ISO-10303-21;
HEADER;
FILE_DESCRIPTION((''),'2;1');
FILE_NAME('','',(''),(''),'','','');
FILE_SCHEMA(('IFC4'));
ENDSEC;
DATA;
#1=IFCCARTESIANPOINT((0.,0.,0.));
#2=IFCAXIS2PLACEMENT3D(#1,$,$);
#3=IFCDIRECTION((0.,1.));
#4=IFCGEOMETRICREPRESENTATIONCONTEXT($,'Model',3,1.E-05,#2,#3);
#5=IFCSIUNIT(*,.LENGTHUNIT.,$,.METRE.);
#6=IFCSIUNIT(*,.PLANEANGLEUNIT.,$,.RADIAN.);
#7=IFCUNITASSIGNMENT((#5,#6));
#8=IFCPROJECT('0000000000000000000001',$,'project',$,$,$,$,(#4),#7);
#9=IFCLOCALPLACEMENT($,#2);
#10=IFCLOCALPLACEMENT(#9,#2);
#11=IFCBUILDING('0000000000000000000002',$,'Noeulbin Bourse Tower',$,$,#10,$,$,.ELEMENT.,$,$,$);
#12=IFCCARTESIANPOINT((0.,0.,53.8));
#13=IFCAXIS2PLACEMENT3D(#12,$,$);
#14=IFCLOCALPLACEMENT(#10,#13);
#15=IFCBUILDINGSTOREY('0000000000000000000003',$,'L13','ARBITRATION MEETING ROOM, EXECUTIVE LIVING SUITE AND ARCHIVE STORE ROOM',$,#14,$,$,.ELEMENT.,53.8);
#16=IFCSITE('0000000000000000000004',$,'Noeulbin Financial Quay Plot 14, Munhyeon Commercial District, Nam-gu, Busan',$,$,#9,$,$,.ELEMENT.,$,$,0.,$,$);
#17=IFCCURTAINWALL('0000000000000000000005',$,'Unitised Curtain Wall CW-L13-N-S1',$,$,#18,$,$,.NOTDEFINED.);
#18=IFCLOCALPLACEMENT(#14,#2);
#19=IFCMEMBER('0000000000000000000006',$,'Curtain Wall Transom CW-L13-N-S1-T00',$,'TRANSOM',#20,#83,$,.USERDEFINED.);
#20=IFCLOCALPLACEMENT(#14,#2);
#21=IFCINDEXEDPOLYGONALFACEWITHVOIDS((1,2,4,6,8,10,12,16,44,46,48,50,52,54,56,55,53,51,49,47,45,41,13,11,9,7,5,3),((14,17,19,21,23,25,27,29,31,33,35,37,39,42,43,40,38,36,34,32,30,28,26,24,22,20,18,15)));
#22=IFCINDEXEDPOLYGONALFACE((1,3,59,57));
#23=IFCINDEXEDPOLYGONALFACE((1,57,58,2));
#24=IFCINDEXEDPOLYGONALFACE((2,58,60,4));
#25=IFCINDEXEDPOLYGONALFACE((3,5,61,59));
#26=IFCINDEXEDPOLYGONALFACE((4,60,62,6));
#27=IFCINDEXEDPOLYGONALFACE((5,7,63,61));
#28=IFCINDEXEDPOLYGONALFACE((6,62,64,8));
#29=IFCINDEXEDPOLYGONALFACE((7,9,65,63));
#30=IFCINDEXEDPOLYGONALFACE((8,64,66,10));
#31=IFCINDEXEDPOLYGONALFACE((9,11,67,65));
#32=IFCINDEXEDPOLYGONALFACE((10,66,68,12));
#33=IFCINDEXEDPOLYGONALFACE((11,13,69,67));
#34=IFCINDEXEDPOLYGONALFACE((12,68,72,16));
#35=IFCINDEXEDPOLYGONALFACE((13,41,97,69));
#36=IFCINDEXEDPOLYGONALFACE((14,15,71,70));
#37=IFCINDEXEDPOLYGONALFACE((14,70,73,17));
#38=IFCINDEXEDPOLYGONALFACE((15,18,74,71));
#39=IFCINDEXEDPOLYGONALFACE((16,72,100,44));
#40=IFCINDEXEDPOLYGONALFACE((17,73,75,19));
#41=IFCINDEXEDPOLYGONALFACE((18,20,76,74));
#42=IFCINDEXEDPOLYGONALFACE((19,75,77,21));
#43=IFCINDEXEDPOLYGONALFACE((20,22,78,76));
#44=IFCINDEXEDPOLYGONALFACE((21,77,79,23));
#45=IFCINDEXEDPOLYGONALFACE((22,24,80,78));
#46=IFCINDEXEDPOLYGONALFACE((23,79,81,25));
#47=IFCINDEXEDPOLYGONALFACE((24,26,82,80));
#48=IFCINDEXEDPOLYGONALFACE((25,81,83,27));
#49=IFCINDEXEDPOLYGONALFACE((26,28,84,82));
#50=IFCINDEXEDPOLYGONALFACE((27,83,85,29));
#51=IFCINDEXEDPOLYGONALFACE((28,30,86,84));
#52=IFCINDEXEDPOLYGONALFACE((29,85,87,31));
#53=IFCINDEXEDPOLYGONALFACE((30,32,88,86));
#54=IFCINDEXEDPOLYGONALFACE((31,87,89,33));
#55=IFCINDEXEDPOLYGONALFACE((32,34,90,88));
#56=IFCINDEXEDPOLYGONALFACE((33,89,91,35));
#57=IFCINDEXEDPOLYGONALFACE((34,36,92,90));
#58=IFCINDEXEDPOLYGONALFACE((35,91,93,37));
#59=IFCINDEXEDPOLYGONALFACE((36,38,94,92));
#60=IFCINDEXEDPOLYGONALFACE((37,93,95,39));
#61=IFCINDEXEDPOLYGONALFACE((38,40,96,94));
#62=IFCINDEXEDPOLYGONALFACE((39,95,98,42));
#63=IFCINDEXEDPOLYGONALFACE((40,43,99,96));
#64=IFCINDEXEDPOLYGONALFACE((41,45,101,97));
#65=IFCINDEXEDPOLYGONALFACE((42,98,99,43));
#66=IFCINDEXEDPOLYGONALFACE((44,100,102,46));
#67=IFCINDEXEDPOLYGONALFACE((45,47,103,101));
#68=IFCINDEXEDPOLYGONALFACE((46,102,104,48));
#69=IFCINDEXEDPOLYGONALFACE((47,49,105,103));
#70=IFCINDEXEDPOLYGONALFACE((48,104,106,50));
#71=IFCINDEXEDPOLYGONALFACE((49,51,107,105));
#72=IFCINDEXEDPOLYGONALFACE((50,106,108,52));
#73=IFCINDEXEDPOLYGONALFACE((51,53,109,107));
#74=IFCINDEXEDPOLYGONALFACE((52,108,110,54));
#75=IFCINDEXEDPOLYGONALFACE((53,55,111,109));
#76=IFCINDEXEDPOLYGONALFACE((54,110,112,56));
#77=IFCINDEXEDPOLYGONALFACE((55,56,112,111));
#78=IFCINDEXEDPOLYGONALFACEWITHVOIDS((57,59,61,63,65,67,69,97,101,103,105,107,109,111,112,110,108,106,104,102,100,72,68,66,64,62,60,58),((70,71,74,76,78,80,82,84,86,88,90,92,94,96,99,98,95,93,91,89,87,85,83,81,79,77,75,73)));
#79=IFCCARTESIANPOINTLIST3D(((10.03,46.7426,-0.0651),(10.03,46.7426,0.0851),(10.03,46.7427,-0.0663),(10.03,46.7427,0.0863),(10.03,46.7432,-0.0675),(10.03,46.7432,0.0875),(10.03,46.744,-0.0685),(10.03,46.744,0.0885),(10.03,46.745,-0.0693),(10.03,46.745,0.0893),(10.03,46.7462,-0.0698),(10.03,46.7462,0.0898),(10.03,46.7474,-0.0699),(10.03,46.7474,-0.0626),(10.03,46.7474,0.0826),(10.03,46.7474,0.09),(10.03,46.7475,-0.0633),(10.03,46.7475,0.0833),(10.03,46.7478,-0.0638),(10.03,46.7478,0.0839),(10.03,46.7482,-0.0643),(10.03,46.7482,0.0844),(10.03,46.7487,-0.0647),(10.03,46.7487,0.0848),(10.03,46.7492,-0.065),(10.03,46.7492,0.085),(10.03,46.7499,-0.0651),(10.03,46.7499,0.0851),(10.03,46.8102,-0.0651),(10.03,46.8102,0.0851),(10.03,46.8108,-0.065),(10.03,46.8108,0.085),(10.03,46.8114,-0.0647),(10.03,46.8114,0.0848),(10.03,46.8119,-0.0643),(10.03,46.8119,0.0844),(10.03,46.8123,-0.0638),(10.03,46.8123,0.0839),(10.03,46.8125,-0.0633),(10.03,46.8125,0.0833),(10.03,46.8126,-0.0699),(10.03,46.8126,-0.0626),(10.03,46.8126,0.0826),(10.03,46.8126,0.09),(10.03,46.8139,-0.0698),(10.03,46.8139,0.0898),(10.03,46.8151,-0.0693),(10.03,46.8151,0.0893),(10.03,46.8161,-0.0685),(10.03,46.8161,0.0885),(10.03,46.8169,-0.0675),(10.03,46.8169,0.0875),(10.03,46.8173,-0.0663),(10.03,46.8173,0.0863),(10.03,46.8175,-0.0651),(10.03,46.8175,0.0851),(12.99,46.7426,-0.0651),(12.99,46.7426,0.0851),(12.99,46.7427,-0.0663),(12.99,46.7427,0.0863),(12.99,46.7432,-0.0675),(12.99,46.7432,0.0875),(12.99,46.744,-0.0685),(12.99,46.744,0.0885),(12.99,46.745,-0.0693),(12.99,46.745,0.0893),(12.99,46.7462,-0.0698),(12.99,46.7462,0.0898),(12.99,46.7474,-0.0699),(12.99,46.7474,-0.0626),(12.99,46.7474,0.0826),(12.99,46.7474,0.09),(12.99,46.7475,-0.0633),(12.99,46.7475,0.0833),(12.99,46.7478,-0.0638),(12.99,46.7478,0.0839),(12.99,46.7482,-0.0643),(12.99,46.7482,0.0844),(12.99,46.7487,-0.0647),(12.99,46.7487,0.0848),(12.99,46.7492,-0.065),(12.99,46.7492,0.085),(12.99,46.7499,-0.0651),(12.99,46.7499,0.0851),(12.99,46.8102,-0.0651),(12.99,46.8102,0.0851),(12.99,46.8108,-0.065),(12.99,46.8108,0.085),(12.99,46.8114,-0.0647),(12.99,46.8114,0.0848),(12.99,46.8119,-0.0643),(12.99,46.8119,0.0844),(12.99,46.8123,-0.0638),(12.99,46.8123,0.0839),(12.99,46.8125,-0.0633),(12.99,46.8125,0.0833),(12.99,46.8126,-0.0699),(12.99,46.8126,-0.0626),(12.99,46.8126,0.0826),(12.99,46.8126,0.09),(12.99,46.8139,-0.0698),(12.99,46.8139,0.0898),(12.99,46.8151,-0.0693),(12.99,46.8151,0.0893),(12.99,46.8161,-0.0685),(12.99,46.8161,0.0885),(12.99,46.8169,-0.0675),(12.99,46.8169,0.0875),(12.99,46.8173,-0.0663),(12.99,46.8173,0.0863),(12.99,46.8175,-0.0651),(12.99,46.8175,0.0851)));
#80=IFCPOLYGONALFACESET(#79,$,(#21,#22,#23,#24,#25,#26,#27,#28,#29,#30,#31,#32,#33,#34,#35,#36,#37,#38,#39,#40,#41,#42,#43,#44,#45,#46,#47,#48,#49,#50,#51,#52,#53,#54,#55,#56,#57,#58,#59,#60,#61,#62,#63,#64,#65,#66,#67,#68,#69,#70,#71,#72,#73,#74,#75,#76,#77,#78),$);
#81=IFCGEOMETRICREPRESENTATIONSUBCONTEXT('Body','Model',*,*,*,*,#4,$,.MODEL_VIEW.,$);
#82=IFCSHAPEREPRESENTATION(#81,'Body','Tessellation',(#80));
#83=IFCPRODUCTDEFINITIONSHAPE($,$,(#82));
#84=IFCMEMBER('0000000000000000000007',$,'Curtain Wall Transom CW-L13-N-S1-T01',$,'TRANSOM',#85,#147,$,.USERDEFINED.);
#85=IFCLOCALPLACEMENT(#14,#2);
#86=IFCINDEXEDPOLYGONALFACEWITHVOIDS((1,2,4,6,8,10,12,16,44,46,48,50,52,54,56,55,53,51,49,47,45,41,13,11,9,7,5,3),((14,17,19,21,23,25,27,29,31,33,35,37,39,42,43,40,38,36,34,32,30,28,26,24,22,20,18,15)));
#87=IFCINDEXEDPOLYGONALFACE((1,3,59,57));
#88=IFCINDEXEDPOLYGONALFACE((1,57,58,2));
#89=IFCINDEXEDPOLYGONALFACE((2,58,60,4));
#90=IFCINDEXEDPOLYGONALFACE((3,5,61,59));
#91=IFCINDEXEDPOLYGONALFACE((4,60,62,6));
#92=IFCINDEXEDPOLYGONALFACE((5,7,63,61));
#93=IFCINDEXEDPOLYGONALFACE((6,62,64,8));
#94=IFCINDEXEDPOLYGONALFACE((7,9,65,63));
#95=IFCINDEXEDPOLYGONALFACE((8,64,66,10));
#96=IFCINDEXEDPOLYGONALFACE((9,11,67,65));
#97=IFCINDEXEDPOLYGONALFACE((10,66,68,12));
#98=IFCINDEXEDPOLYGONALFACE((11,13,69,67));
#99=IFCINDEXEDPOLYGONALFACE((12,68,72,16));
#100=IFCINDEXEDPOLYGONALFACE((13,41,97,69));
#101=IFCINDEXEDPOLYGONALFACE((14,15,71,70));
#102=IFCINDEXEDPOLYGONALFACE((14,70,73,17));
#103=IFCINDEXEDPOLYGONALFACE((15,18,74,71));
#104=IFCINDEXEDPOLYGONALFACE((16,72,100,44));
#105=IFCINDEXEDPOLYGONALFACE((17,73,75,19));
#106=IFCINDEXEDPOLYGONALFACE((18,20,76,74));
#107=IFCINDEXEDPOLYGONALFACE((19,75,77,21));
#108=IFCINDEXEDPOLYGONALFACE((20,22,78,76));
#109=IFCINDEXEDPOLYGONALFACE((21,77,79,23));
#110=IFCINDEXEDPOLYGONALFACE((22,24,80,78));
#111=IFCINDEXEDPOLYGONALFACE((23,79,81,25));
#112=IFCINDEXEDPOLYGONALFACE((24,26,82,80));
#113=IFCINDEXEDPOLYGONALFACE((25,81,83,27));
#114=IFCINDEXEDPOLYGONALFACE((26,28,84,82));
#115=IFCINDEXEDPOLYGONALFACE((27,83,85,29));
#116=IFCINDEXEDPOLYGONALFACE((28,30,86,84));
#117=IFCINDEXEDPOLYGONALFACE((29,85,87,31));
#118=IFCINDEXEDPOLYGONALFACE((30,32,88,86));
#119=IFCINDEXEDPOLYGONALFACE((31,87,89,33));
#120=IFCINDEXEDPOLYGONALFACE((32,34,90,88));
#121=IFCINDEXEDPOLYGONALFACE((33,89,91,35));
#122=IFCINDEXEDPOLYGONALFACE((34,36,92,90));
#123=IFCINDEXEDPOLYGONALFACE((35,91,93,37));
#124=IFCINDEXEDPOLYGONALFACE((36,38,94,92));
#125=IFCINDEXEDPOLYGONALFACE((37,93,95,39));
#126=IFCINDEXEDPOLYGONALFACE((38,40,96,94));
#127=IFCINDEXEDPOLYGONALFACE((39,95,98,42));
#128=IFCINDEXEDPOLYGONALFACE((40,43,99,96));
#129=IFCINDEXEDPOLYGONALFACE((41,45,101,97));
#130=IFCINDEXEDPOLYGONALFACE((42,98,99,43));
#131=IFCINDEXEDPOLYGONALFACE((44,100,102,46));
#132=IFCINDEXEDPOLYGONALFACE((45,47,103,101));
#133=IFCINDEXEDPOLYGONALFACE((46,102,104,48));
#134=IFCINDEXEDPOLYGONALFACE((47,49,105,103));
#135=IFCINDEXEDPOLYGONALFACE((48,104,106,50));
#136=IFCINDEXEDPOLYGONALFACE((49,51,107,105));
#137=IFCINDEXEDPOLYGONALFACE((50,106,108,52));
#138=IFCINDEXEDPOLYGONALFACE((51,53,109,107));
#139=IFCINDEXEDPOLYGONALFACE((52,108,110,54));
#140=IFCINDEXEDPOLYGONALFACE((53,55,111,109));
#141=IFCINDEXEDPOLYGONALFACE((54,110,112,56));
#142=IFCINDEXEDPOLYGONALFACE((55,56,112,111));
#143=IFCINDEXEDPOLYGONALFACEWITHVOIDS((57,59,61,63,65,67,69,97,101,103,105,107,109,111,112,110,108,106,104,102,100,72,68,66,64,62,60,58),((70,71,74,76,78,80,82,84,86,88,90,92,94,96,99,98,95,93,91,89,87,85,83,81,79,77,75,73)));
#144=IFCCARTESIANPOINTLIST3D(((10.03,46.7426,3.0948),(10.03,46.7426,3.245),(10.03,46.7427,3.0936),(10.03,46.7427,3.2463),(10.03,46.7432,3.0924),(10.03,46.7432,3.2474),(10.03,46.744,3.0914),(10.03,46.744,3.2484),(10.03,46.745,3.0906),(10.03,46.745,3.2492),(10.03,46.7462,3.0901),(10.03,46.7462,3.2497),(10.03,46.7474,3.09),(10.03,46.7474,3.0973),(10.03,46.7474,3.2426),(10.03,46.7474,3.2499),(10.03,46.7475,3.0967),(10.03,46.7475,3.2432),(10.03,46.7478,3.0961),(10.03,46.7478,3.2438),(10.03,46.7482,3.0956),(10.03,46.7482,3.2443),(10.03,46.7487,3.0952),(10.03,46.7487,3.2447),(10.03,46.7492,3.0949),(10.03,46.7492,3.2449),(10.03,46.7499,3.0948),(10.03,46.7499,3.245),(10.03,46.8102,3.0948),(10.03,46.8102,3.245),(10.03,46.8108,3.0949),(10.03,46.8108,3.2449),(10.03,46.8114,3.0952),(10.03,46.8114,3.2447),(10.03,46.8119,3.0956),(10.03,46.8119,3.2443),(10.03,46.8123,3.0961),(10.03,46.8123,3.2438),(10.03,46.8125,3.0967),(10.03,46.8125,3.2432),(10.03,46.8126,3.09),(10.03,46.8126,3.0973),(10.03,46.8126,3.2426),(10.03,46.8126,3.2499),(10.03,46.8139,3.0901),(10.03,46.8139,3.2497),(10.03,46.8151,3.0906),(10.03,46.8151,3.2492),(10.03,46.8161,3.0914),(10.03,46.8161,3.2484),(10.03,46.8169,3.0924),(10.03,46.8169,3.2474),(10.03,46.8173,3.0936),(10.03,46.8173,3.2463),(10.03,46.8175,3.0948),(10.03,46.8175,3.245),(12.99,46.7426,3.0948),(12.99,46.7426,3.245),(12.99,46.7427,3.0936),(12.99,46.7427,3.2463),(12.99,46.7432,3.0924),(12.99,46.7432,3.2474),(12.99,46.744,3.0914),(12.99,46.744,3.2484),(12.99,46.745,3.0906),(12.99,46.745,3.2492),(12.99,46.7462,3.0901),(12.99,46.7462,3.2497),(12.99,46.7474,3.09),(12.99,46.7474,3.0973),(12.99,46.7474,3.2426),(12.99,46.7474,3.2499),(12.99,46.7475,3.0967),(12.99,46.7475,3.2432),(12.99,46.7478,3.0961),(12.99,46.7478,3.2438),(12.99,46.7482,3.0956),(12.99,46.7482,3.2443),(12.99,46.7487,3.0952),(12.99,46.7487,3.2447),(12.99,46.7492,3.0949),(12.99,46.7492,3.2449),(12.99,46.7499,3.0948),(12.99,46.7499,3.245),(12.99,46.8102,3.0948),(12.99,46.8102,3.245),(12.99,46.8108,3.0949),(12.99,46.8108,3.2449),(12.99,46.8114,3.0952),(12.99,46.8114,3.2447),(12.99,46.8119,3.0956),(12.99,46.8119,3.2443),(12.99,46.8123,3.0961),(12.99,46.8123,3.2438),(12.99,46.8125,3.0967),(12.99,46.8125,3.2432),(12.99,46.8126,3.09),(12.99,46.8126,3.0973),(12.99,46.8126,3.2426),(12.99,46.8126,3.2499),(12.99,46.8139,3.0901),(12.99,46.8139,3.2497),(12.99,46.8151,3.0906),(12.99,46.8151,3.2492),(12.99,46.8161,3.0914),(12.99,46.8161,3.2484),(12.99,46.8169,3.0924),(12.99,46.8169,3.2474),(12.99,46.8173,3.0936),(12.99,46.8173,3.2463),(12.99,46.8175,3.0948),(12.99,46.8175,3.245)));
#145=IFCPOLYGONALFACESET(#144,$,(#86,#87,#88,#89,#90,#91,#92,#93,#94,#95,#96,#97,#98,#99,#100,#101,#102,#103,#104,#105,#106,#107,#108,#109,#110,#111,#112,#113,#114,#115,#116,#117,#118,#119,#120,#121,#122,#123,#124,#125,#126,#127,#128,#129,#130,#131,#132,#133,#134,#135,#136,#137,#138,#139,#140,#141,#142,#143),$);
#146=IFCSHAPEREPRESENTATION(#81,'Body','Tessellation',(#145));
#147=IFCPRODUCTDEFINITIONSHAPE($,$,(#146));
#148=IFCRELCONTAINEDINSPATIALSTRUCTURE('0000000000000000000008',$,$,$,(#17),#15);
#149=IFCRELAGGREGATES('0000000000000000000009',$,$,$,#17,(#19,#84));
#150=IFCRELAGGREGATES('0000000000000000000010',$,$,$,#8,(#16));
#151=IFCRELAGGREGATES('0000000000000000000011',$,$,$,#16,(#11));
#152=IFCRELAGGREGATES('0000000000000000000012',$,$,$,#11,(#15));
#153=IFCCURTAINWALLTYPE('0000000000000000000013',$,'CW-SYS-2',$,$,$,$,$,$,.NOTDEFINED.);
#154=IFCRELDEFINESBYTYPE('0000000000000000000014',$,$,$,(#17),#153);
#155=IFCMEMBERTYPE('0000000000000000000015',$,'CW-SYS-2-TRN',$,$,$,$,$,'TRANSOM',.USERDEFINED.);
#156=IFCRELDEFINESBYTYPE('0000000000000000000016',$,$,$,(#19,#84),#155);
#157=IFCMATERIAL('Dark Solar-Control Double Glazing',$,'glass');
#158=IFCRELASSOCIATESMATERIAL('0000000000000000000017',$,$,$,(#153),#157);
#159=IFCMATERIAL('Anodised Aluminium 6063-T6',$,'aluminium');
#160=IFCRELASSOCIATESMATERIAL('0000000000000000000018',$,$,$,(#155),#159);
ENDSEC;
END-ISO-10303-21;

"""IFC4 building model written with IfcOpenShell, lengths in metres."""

from ifc_helpers import new_model, si_unit, direction, frame, origin, origin_2d, place, context, subcontext, project, spatial, hollow_rectangle, extrude, material, material_profile, profile_set, type_object, element, aggregate, save


model = new_model("IFC4")

# Units and contexts
model_context = context("Model", 3, precision=1e-05, world=origin(), true_north=direction((0.0, 1.0)))
body_context = subcontext(model_context, "Body", "Model", "MODEL_VIEW")
ifc_project = project(units=[si_unit("LENGTHUNIT", "METRE"), si_unit("PLANEANGLEUNIT", "RADIAN")], contexts=[model_context])

# Site, building, storey
site_placement = place(None, origin())
site = spatial("IfcSite", under=ifc_project, at=site_placement, Name="Noeulbin Financial Quay Plot 14, Munhyeon Commercial District, Nam-gu, Busan", CompositionType="ELEMENT", RefElevation=0.0)
building_placement = place(site_placement, origin())
building = spatial("IfcBuilding", under=site, at=building_placement, Name="Noeulbin Bourse Tower", CompositionType="ELEMENT")
storey_placement = place(building_placement, frame((0.0, 0.0, 53.8)))
storey = spatial("IfcBuildingStorey", under=building, at=storey_placement, Name="L13", Description="ARBITRATION MEETING ROOM, EXECUTIVE LIVING SUITE AND ARCHIVE STORE ROOM", CompositionType="ELEMENT", Elevation=53.8)

# Curtain wall
ifc_material_1 = material(Name="Dark Solar-Control Double Glazing", Category="glass")
curtain_wall_type = type_object("IfcCurtainWallType", Name="CW-SYS-2", PredefinedType="NOTDEFINED", material=ifc_material_1)
curtain_wall_1_placement = place(storey_placement, origin())
curtain_wall_1 = element("IfcCurtainWall", 1, at=curtain_wall_1_placement, inside=storey, type_object=curtain_wall_type, Name="Unitised Curtain Wall CW-L13-N-S1", PredefinedType="NOTDEFINED")
ifc_material_2 = material(Name="Anodised Aluminium 6063-T6", Category="aluminium")

# Members
ifc_material_profile_1 = material_profile(ifc_material_2, hollow_rectangle(XDim=0.075, YDim=0.1599, WallThickness=0.0049, InnerFilletRadius=0.0024, OuterFilletRadius=0.0049, at=origin_2d()), Name="ALU-TRAN-75x160x5", Category="LoadBearing")
ifc_profile_set_1 = profile_set([ifc_material_profile_1], Name="Anodised Aluminium 6063-T6")
member_type_1 = type_object("IfcMemberType", Name="CW-SYS-2-TRN", ElementType="TRANSOM", PredefinedType="USERDEFINED", material=ifc_profile_set_1)
member_1_placement = place(storey_placement, frame((10.03, 46.78, 0.01), z_axis=(1.0, 0.0, 0.0), x_axis=(0.0, 1.0, 0.0)))
member_1 = element("IfcMember", 2, at=member_1_placement, type_object=member_type_1, Name="Curtain Wall Transom CW-L13-N-S1-T00", ObjectType="TRANSOM", PredefinedType="USERDEFINED", context=body_context, shape_type="SweptSolid", body=[
    extrude(hollow_rectangle(XDim=0.075, YDim=0.1599, WallThickness=0.0049, InnerFilletRadius=0.0024, OuterFilletRadius=0.0049, at=origin_2d()), origin(), (0.0, 0.0, 1.0), 2.96),
])
member_2_placement = place(storey_placement, frame((10.03, 46.78, 3.1699), z_axis=(1.0, 0.0, 0.0), x_axis=(0.0, 1.0, 0.0)))
member_2 = element("IfcMember", 3, at=member_2_placement, type_object=member_type_1, Name="Curtain Wall Transom CW-L13-N-S1-T01", ObjectType="TRANSOM", PredefinedType="USERDEFINED", context=body_context, shape_type="SweptSolid", body=[
    extrude(hollow_rectangle(XDim=0.075, YDim=0.1599, WallThickness=0.0049, InnerFilletRadius=0.0024, OuterFilletRadius=0.0049, at=origin_2d()), origin(), (0.0, 0.0, 1.0), 2.96),
])

aggregate(curtain_wall_1, [member_1, member_2])

save(model, "model.ifc")
